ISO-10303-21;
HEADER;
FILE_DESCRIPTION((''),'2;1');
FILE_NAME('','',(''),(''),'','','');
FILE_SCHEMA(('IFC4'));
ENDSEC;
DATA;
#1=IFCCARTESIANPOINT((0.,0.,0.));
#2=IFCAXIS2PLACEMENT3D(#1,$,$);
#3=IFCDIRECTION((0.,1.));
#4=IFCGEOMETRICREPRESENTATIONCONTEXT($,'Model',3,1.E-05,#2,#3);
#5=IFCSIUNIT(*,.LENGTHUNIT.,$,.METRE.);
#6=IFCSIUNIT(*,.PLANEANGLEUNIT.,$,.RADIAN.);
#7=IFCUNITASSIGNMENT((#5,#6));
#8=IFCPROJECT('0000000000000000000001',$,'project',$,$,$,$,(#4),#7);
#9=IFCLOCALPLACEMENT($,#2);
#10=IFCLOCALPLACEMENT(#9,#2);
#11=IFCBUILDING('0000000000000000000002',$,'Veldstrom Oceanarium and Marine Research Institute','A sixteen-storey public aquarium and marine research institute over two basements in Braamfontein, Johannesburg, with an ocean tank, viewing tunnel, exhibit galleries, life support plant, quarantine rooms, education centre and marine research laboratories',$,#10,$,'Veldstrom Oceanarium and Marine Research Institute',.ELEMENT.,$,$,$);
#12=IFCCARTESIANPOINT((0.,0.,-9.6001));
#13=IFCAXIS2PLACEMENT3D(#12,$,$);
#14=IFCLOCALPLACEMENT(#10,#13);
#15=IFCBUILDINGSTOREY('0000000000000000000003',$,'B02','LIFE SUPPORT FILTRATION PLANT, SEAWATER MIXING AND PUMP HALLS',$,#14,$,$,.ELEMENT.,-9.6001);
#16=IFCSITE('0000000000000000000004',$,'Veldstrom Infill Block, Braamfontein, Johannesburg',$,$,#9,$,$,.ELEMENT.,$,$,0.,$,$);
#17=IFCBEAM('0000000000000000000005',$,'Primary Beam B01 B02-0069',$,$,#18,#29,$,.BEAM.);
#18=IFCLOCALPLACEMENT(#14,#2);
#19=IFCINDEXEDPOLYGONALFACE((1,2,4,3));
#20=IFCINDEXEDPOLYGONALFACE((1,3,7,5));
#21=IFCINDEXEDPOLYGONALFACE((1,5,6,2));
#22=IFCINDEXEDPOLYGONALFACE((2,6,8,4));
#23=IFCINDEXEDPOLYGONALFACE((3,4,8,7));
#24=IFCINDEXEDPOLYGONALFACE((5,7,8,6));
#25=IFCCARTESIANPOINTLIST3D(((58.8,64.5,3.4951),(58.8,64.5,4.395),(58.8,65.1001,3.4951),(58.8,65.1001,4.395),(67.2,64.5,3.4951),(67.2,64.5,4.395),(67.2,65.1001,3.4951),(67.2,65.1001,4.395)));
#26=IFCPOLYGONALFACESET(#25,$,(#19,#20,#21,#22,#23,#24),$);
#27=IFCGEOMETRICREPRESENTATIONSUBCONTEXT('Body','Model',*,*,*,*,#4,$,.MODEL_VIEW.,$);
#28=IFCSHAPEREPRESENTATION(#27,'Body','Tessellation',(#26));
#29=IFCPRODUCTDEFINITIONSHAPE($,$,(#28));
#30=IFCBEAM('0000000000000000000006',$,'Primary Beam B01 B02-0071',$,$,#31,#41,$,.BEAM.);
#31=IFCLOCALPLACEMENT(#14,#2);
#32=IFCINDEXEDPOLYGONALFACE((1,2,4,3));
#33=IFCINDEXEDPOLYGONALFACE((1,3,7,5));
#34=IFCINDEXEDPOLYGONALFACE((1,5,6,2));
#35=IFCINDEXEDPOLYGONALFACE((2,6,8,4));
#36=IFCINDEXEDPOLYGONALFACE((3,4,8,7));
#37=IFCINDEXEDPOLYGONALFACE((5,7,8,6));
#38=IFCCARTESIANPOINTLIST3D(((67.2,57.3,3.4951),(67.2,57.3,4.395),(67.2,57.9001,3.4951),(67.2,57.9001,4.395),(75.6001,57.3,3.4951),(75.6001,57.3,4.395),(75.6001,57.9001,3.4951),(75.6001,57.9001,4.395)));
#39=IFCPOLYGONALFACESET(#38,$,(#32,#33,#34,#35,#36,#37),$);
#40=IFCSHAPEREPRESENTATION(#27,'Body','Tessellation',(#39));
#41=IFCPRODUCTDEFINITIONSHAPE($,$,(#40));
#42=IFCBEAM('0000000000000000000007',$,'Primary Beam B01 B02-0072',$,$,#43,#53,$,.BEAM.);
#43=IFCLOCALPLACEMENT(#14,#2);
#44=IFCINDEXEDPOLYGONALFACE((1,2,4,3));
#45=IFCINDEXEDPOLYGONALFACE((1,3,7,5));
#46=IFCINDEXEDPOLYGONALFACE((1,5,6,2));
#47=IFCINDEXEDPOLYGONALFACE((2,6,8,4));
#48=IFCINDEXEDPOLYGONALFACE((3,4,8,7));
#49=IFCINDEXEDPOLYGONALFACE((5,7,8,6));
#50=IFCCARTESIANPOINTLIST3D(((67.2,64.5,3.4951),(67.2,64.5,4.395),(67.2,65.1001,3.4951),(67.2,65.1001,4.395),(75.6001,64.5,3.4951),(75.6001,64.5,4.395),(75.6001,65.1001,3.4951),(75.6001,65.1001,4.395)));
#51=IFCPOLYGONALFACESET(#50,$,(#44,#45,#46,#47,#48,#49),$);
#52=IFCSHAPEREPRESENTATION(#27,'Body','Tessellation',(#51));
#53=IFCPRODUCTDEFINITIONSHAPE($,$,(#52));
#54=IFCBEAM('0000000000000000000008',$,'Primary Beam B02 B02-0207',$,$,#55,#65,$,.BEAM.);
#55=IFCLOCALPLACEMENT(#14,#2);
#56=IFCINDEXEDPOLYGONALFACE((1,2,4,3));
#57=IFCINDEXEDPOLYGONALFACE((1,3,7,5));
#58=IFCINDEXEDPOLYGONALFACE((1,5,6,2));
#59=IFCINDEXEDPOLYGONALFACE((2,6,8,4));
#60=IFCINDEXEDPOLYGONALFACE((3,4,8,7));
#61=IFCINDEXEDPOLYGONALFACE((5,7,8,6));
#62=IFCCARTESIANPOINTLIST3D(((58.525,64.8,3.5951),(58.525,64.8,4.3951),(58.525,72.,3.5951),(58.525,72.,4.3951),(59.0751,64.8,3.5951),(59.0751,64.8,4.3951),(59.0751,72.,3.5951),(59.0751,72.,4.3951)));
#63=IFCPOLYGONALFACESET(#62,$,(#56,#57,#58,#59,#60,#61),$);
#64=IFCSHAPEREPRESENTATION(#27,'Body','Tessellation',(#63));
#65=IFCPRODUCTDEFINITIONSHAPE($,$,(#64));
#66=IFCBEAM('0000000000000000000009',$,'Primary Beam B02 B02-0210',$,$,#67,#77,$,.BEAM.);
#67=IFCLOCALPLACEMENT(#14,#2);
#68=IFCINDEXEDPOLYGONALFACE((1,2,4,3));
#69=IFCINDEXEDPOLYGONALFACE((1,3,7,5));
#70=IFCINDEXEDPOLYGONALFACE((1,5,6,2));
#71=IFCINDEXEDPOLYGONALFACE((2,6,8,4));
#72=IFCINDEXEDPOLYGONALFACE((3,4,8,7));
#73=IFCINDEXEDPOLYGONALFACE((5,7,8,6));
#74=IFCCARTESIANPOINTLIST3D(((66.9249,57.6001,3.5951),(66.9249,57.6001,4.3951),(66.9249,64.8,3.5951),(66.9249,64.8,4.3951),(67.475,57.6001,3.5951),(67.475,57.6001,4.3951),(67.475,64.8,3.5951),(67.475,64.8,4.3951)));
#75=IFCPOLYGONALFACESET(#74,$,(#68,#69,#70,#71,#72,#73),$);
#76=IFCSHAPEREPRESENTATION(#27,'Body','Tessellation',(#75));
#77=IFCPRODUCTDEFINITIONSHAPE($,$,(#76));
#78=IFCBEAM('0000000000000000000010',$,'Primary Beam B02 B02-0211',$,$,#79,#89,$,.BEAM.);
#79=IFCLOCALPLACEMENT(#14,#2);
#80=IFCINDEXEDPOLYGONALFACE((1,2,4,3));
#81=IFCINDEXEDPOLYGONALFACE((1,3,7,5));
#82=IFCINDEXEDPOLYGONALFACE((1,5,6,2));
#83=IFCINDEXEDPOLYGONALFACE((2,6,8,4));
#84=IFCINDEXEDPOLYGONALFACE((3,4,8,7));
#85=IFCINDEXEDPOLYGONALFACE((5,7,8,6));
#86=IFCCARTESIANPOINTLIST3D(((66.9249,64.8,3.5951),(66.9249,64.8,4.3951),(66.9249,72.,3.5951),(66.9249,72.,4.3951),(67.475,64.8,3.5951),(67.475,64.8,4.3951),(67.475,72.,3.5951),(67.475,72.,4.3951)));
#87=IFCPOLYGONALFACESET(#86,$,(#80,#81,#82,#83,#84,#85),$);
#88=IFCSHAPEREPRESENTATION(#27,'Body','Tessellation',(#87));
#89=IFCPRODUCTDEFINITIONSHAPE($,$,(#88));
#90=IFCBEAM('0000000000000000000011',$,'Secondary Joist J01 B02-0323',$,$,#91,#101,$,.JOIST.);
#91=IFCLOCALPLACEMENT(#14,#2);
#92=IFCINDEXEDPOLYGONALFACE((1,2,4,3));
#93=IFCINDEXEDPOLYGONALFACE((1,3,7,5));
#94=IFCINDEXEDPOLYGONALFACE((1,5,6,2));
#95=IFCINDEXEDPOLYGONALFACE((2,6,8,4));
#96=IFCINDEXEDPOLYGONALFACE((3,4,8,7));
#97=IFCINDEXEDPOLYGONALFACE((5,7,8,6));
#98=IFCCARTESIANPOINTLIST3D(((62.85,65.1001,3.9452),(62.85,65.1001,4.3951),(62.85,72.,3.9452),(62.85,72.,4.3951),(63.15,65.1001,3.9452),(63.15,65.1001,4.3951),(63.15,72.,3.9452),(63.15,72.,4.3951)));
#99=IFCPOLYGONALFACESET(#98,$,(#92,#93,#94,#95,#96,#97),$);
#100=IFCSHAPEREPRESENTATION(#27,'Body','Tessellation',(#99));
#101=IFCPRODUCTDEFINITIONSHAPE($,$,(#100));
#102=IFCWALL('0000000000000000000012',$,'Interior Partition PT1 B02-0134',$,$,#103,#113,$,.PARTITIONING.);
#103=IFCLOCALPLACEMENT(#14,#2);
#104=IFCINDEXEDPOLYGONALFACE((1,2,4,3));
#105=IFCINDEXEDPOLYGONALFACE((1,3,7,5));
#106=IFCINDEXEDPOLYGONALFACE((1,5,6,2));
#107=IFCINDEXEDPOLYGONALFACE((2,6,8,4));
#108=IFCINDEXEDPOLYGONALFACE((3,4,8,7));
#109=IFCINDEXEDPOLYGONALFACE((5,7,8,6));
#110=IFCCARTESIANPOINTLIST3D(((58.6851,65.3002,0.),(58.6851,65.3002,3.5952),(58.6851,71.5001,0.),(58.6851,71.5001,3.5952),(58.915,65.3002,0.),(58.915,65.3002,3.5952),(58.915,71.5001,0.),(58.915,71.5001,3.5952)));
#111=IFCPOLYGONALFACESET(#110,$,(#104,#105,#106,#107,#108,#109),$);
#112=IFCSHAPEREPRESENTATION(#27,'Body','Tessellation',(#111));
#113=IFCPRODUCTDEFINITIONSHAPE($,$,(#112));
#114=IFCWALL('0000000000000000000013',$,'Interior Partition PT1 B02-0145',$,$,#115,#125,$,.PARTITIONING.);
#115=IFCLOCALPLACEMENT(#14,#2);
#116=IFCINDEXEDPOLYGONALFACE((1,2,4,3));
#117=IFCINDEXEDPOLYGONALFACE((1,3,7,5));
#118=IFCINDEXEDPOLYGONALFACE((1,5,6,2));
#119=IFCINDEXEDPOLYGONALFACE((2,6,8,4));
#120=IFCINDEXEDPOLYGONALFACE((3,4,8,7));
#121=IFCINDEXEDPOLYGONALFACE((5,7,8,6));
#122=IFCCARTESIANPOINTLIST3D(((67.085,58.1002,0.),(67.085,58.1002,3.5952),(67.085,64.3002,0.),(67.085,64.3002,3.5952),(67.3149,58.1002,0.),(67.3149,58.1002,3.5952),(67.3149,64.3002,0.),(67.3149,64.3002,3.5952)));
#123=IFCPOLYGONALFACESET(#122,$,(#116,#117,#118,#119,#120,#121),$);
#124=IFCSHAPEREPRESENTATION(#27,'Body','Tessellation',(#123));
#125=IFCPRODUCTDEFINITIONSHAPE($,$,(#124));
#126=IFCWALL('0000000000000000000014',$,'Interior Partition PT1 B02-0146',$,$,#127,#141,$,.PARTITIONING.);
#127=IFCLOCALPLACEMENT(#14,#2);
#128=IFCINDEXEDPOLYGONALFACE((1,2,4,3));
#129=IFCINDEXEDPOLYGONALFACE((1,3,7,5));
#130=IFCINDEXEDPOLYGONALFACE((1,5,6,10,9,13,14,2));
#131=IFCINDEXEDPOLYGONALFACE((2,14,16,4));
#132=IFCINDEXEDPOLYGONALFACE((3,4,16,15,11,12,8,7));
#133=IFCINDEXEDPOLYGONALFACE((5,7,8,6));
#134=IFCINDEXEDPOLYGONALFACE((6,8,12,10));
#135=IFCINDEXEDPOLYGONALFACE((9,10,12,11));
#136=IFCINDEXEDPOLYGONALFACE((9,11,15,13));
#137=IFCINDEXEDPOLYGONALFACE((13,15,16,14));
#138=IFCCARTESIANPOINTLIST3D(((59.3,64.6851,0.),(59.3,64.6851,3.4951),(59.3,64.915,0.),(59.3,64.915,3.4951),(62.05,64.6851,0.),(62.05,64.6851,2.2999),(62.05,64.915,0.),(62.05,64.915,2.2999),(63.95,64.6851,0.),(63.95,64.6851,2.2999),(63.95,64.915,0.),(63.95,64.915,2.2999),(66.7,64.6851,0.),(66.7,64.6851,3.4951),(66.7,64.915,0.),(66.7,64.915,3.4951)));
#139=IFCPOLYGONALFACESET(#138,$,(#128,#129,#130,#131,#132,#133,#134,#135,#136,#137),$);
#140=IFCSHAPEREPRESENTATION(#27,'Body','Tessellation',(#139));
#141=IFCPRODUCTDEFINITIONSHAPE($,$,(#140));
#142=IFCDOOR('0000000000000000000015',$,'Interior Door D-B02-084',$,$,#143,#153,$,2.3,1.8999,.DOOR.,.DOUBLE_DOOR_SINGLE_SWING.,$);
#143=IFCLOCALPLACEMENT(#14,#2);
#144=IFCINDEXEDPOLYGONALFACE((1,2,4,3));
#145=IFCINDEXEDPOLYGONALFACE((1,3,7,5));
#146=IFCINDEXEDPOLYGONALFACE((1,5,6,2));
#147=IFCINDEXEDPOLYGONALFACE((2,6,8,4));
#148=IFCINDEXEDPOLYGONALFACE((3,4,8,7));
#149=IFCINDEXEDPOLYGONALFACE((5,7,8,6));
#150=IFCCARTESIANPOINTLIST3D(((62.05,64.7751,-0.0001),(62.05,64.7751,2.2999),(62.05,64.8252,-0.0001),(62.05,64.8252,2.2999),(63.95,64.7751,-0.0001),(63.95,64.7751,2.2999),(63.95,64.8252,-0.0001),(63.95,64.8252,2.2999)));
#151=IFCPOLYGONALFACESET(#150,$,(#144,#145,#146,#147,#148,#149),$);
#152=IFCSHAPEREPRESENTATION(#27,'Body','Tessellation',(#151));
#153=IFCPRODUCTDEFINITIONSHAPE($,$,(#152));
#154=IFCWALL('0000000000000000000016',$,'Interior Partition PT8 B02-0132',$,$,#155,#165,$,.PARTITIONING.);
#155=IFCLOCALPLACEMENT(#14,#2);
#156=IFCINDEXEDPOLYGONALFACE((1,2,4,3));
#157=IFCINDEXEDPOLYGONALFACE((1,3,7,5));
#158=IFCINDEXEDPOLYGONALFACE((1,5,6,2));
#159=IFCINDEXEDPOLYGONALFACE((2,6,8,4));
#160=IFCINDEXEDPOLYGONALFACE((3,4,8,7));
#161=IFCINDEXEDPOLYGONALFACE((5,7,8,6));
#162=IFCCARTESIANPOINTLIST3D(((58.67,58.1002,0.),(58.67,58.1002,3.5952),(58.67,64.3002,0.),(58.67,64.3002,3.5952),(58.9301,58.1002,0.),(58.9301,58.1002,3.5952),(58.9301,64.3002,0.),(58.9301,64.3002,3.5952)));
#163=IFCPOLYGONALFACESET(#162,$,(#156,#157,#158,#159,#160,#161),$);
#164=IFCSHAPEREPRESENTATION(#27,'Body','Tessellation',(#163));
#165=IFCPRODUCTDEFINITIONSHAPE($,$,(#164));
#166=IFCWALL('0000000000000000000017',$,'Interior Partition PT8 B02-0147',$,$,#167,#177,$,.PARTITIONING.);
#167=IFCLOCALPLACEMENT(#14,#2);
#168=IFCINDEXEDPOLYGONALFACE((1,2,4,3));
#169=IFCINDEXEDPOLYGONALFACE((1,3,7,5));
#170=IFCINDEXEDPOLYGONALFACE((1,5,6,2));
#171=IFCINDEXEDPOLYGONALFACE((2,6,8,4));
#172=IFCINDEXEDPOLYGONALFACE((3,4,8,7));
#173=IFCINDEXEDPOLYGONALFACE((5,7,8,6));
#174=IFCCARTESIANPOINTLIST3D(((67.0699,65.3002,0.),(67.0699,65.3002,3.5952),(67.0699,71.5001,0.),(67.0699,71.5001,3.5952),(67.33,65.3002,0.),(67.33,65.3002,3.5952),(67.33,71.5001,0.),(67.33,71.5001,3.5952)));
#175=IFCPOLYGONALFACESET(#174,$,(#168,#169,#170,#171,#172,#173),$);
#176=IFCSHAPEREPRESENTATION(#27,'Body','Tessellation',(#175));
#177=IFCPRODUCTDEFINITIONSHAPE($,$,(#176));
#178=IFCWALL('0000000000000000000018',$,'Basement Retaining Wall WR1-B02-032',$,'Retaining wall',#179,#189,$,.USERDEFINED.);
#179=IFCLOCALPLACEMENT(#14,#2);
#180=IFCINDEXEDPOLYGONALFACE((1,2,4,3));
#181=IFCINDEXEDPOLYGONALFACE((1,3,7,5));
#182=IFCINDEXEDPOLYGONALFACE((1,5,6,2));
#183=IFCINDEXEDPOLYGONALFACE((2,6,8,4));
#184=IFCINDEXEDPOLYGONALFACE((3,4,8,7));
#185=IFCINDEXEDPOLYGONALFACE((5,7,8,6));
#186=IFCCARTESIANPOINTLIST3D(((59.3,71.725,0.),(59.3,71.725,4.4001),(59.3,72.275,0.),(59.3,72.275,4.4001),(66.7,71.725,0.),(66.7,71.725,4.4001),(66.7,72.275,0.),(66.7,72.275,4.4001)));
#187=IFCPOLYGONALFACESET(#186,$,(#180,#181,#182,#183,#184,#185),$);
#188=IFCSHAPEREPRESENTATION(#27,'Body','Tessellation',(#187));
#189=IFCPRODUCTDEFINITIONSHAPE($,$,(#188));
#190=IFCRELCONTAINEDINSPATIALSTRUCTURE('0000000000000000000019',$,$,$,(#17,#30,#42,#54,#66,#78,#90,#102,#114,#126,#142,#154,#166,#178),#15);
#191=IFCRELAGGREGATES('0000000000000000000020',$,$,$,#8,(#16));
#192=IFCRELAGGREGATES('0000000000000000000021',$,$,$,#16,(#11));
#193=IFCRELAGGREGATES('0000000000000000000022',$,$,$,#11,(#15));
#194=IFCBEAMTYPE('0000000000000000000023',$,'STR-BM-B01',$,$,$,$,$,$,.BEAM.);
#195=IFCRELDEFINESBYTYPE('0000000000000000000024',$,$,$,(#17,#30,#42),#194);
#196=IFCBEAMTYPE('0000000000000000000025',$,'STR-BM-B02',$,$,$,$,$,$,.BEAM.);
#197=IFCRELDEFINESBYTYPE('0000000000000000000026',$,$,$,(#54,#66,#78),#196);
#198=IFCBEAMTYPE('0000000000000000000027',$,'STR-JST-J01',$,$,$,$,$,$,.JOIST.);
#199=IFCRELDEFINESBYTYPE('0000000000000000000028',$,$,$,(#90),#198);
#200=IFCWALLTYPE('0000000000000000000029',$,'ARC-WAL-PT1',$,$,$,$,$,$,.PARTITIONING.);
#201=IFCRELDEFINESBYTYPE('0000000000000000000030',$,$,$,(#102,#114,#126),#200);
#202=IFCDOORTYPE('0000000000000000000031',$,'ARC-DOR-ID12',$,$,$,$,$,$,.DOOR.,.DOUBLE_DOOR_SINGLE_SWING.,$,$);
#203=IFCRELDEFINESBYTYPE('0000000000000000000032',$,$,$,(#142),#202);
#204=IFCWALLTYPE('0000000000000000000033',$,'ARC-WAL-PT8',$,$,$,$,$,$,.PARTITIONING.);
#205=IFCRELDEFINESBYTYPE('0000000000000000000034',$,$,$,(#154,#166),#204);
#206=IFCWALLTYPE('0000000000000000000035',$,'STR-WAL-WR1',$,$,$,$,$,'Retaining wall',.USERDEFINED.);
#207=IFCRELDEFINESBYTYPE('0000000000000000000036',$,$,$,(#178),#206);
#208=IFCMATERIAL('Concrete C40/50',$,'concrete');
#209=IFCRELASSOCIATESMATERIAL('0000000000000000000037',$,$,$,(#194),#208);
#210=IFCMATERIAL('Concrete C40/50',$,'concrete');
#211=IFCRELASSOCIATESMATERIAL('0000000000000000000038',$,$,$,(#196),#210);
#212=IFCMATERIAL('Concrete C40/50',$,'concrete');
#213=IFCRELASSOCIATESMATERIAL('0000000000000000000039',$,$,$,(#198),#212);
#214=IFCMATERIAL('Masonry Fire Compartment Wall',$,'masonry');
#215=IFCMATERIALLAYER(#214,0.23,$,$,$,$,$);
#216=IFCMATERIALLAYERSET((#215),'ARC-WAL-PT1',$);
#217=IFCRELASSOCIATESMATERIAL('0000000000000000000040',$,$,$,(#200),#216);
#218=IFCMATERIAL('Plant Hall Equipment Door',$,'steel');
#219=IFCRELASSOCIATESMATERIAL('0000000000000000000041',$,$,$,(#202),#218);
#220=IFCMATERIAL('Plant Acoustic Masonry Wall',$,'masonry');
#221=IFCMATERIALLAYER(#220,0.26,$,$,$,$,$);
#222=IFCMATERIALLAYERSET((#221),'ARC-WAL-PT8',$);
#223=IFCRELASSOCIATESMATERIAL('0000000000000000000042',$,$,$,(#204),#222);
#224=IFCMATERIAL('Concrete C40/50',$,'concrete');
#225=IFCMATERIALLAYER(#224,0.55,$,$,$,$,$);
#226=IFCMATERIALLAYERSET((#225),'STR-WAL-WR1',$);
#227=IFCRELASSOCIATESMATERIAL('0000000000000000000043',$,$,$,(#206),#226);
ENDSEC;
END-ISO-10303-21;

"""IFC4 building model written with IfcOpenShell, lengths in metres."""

from ifc_helpers import new_model, si_unit, direction, frame, frame_2d, origin, origin_2d, place, context, subcontext, project, spatial, rectangle, extrude, material, layer, layer_set, material_profile, profile_set, type_object, element, fill, save


model = new_model("IFC4")

# Units and contexts
model_context = context("Model", 3, precision=1e-05, world=origin(), true_north=direction((0.0, 1.0)))
body_context = subcontext(model_context, "Body", "Model", "MODEL_VIEW")
ifc_project = project(units=[si_unit("LENGTHUNIT", "METRE"), si_unit("PLANEANGLEUNIT", "RADIAN")], contexts=[model_context])

# Site, building, storey
site_placement = place(None, origin())
site = spatial("IfcSite", under=ifc_project, at=site_placement, Name="Veldstrom Infill Block, Braamfontein, Johannesburg", CompositionType="ELEMENT", RefElevation=0.0)
building_placement = place(site_placement, origin())
building = spatial("IfcBuilding", under=site, at=building_placement, Name="Veldstrom Oceanarium and Marine Research Institute", Description="A sixteen-storey public aquarium and marine research institute over two basements in Braamfontein, Johannesburg, with an ocean tank, viewing tunnel, exhibit galleries, life support plant, quarantine rooms, education centre and marine research laboratories", LongName="Veldstrom Oceanarium and Marine Research Institute", CompositionType="ELEMENT")
storey_placement = place(building_placement, frame((0.0, 0.0, -9.6001)))
storey = spatial("IfcBuildingStorey", under=building, at=storey_placement, Name="B02", Description="LIFE SUPPORT FILTRATION PLANT, SEAWATER MIXING AND PUMP HALLS", CompositionType="ELEMENT", Elevation=-9.6001)

# Beams
ifc_material_1 = material(Name="Concrete C40/50", Category="concrete")
ifc_material_profile_1 = material_profile(ifc_material_1, rectangle(XDim=0.6001, YDim=0.8999, at=origin_2d()), Name="RC-BM-600x900")
ifc_profile_set_1 = profile_set([ifc_material_profile_1], Name="Concrete C40/50")
beam_type_1 = type_object("IfcBeamType", Name="STR-BM-B01", PredefinedType="BEAM", material=ifc_profile_set_1)
beam_1_placement = place(storey_placement, frame((58.8, 64.8, 3.9451), z_axis=(1.0, 0.0, 0.0), x_axis=(0.0, 1.0, 0.0)))
element("IfcBeam", 1, at=beam_1_placement, inside=storey, type_object=beam_type_1, Name="Primary Beam B01 B02-0069", PredefinedType="BEAM", context=body_context, shape_type="SweptSolid", body=[
    extrude(rectangle(XDim=0.6001, YDim=0.8999, at=origin_2d()), origin(), (0.0, 0.0, 1.0), 8.3999),
])
for number, where, z_axis, x_axis, name in (
    (2, (67.2, 57.6001, 3.9451), (1.0, 0.0, 0.0), (0.0, 1.0, 0.0), "Primary Beam B01 B02-0071"),
    (3, (67.2, 64.8, 3.9451), (1.0, 0.0, 0.0), (0.0, 1.0, 0.0), "Primary Beam B01 B02-0072"),
):
    element("IfcBeam", number, at=place(storey_placement, frame(where, z_axis=z_axis, x_axis=x_axis)), inside=storey, type_object=beam_type_1, Name=name, PredefinedType="BEAM", context=body_context, shape_type="SweptSolid", body=[
        extrude(rectangle(XDim=0.6001, YDim=0.8999, at=origin_2d()), origin(), (0.0, 0.0, 1.0), 8.4001),
    ])
ifc_material_2 = material(Name="Concrete C40/50", Category="concrete")
ifc_material_profile_2 = material_profile(ifc_material_2, rectangle(XDim=0.55, YDim=0.8, at=origin_2d()), Name="RC-BM-550x800")
ifc_profile_set_2 = profile_set([ifc_material_profile_2], Name="Concrete C40/50")
beam_type_2 = type_object("IfcBeamType", Name="STR-BM-B02", PredefinedType="BEAM", material=ifc_profile_set_2)
for number, where, z_axis, x_axis, name in (
    (4, (58.8, 64.8, 3.9951), (0.0, 1.0, 0.0), (-1.0, 0.0, 0.0), "Primary Beam B02 B02-0207"),
    (5, (67.2, 57.6001, 3.9951), (0.0, 1.0, 0.0), (-1.0, 0.0, 0.0), "Primary Beam B02 B02-0210"),
    (6, (67.2, 64.8, 3.9951), (0.0, 1.0, 0.0), (-1.0, 0.0, 0.0), "Primary Beam B02 B02-0211"),
):
    element("IfcBeam", number, at=place(storey_placement, frame(where, z_axis=z_axis, x_axis=x_axis)), inside=storey, type_object=beam_type_2, Name=name, PredefinedType="BEAM", context=body_context, shape_type="SweptSolid", body=[
        extrude(rectangle(XDim=0.55, YDim=0.8, at=origin_2d()), origin(), (0.0, 0.0, 1.0), 7.2),
    ])
ifc_material_3 = material(Name="Concrete C40/50", Category="concrete")
ifc_material_profile_3 = material_profile(ifc_material_3, rectangle(XDim=0.3, YDim=0.45, at=origin_2d()), Name="RC-JST-300x450")
ifc_profile_set_3 = profile_set([ifc_material_profile_3], Name="Concrete C40/50")
beam_type_3 = type_object("IfcBeamType", Name="STR-JST-J01", PredefinedType="JOIST", material=ifc_profile_set_3)
beam_2_placement = place(storey_placement, frame((63.0, 65.1001, 4.1702), z_axis=(0.0, 1.0, 0.0), x_axis=(-1.0, 0.0, 0.0)))
element("IfcBeam", 7, at=beam_2_placement, inside=storey, type_object=beam_type_3, Name="Secondary Joist J01 B02-0323", PredefinedType="JOIST", context=body_context, shape_type="SweptSolid", body=[
    extrude(rectangle(XDim=0.3, YDim=0.45, at=origin_2d()), origin(), (0.0, 0.0, 1.0), 6.8999),
])

# Walls
ifc_material_4 = material(Name="Masonry Fire Compartment Wall", Category="masonry")
ifc_layer_1 = layer(ifc_material_4, 0.23)
ifc_layer_set_1 = layer_set([ifc_layer_1], Name="ARC-WAL-PT1")
wall_type_1 = type_object("IfcWallType", Name="ARC-WAL-PT1", PredefinedType="PARTITIONING", material=ifc_layer_set_1)
for number, where, z_axis, x_axis, name in (
    (8, (58.8, 65.3, 0.0), (0.0, 0.0, 1.0), (0.0, 1.0, 0.0), "Interior Partition PT1 B02-0134"),
    (9, (67.2, 58.1001, 0.0), (0.0, 0.0, 1.0), (0.0, 1.0, 0.0), "Interior Partition PT1 B02-0145"),
):
    element("IfcWall", number, at=place(storey_placement, frame(where, z_axis=z_axis, x_axis=x_axis)), inside=storey, type_object=wall_type_1, Name=name, PredefinedType="PARTITIONING", context=body_context, shape_type="SweptSolid", body=[
        extrude(rectangle(XDim=6.2, YDim=0.23, at=frame_2d((3.1001, 0.0))), origin(), (0.0, 0.0, 1.0), 3.5952),
    ])

# Wall, opening, door
wall_1_placement = place(storey_placement, frame((59.3, 64.8, 0.0), z_axis=(0.0, 0.0, 1.0), x_axis=(1.0, 0.0, 0.0)))
wall_1 = element("IfcWall", 10, at=wall_1_placement, inside=storey, type_object=wall_type_1, Name="Interior Partition PT1 B02-0146", PredefinedType="PARTITIONING", context=body_context, shape_type="SweptSolid", body=[
    extrude(rectangle(XDim=7.3999, YDim=0.23, at=frame_2d((3.7, 0.0))), origin(), (0.0, 0.0, 1.0), 3.4951),
])
opening_placement = place(wall_1_placement, frame((2.75, 0.0, 0.0)))
opening = element("IfcOpeningElement", 11, at=opening_placement, cuts=wall_1, PredefinedType="OPENING", context=body_context, shape_type="SweptSolid", body=[
    extrude(rectangle(XDim=1.8999, YDim=2.3, at=frame_2d((0.95, 1.1499))), frame((0.0, 0.125, 0.0), z_axis=(0.0, -1.0, 0.0), x_axis=(1.0, 0.0, 0.0)), (0.0, 0.0, 1.0), 0.25),
])
ifc_material_5 = material(Name="Plant Hall Equipment Door", Category="steel")
door_type = type_object("IfcDoorType", Name="ARC-DOR-ID12", OperationType="DOUBLE_DOOR_SINGLE_SWING", PredefinedType="DOOR", material=ifc_material_5)
door_placement = place(opening_placement, frame((1.8999, 0.0, 0.0), z_axis=(0.0, 0.0, 1.0), x_axis=(-1.0, 0.0, 0.0)))
door = element("IfcDoor", 12, at=door_placement, inside=storey, type_object=door_type, Name="Interior Door D-B02-084", OperationType="DOUBLE_DOOR_SINGLE_SWING", OverallHeight=2.3, OverallWidth=1.8999, PredefinedType="DOOR", context=body_context, shape_type="SweptSolid", body=[
    extrude(rectangle(XDim=1.8999, YDim=2.3, at=frame_2d((0.95, 1.1499))), frame((0.0, 0.0249, 0.0), z_axis=(0.0, -1.0, 0.0), x_axis=(1.0, 0.0, 0.0)), (0.0, 0.0, 1.0), 0.05),
])
fill(opening, door)

# Walls
ifc_material_6 = material(Name="Plant Acoustic Masonry Wall", Category="masonry")
ifc_layer_2 = layer(ifc_material_6, 0.26)
ifc_layer_set_2 = layer_set([ifc_layer_2], Name="ARC-WAL-PT8")
wall_type_2 = type_object("IfcWallType", Name="ARC-WAL-PT8", PredefinedType="PARTITIONING", material=ifc_layer_set_2)
for number, where, z_axis, x_axis, name in (
    (13, (58.8, 58.1001, 0.0), (0.0, 0.0, 1.0), (0.0, 1.0, 0.0), "Interior Partition PT8 B02-0132"),
    (14, (67.2, 65.3, 0.0), (0.0, 0.0, 1.0), (0.0, 1.0, 0.0), "Interior Partition PT8 B02-0147"),
):
    element("IfcWall", number, at=place(storey_placement, frame(where, z_axis=z_axis, x_axis=x_axis)), inside=storey, type_object=wall_type_2, Name=name, PredefinedType="PARTITIONING", context=body_context, shape_type="SweptSolid", body=[
        extrude(rectangle(XDim=6.2, YDim=0.26, at=frame_2d((3.1001, 0.0))), origin(), (0.0, 0.0, 1.0), 3.5952),
    ])
ifc_material_7 = material(Name="Concrete C40/50", Category="concrete")
ifc_layer_3 = layer(ifc_material_7, 0.55)
ifc_layer_set_3 = layer_set([ifc_layer_3], Name="STR-WAL-WR1")
wall_type_3 = type_object("IfcWallType", Name="STR-WAL-WR1", ElementType="Retaining wall", PredefinedType="USERDEFINED", material=ifc_layer_set_3)
wall_2_placement = place(storey_placement, frame((59.3, 72.0, 0.0), z_axis=(0.0, 0.0, 1.0), x_axis=(1.0, 0.0, 0.0)))
element("IfcWall", 15, at=wall_2_placement, inside=storey, type_object=wall_type_3, Name="Basement Retaining Wall WR1-B02-032", ObjectType="Retaining wall", PredefinedType="USERDEFINED", context=body_context, shape_type="SweptSolid", body=[
    extrude(rectangle(XDim=7.3999, YDim=0.55, at=frame_2d((3.7, 0.0))), origin(), (0.0, 0.0, 1.0), 4.4001),
])

save(model, "model.ifc")
